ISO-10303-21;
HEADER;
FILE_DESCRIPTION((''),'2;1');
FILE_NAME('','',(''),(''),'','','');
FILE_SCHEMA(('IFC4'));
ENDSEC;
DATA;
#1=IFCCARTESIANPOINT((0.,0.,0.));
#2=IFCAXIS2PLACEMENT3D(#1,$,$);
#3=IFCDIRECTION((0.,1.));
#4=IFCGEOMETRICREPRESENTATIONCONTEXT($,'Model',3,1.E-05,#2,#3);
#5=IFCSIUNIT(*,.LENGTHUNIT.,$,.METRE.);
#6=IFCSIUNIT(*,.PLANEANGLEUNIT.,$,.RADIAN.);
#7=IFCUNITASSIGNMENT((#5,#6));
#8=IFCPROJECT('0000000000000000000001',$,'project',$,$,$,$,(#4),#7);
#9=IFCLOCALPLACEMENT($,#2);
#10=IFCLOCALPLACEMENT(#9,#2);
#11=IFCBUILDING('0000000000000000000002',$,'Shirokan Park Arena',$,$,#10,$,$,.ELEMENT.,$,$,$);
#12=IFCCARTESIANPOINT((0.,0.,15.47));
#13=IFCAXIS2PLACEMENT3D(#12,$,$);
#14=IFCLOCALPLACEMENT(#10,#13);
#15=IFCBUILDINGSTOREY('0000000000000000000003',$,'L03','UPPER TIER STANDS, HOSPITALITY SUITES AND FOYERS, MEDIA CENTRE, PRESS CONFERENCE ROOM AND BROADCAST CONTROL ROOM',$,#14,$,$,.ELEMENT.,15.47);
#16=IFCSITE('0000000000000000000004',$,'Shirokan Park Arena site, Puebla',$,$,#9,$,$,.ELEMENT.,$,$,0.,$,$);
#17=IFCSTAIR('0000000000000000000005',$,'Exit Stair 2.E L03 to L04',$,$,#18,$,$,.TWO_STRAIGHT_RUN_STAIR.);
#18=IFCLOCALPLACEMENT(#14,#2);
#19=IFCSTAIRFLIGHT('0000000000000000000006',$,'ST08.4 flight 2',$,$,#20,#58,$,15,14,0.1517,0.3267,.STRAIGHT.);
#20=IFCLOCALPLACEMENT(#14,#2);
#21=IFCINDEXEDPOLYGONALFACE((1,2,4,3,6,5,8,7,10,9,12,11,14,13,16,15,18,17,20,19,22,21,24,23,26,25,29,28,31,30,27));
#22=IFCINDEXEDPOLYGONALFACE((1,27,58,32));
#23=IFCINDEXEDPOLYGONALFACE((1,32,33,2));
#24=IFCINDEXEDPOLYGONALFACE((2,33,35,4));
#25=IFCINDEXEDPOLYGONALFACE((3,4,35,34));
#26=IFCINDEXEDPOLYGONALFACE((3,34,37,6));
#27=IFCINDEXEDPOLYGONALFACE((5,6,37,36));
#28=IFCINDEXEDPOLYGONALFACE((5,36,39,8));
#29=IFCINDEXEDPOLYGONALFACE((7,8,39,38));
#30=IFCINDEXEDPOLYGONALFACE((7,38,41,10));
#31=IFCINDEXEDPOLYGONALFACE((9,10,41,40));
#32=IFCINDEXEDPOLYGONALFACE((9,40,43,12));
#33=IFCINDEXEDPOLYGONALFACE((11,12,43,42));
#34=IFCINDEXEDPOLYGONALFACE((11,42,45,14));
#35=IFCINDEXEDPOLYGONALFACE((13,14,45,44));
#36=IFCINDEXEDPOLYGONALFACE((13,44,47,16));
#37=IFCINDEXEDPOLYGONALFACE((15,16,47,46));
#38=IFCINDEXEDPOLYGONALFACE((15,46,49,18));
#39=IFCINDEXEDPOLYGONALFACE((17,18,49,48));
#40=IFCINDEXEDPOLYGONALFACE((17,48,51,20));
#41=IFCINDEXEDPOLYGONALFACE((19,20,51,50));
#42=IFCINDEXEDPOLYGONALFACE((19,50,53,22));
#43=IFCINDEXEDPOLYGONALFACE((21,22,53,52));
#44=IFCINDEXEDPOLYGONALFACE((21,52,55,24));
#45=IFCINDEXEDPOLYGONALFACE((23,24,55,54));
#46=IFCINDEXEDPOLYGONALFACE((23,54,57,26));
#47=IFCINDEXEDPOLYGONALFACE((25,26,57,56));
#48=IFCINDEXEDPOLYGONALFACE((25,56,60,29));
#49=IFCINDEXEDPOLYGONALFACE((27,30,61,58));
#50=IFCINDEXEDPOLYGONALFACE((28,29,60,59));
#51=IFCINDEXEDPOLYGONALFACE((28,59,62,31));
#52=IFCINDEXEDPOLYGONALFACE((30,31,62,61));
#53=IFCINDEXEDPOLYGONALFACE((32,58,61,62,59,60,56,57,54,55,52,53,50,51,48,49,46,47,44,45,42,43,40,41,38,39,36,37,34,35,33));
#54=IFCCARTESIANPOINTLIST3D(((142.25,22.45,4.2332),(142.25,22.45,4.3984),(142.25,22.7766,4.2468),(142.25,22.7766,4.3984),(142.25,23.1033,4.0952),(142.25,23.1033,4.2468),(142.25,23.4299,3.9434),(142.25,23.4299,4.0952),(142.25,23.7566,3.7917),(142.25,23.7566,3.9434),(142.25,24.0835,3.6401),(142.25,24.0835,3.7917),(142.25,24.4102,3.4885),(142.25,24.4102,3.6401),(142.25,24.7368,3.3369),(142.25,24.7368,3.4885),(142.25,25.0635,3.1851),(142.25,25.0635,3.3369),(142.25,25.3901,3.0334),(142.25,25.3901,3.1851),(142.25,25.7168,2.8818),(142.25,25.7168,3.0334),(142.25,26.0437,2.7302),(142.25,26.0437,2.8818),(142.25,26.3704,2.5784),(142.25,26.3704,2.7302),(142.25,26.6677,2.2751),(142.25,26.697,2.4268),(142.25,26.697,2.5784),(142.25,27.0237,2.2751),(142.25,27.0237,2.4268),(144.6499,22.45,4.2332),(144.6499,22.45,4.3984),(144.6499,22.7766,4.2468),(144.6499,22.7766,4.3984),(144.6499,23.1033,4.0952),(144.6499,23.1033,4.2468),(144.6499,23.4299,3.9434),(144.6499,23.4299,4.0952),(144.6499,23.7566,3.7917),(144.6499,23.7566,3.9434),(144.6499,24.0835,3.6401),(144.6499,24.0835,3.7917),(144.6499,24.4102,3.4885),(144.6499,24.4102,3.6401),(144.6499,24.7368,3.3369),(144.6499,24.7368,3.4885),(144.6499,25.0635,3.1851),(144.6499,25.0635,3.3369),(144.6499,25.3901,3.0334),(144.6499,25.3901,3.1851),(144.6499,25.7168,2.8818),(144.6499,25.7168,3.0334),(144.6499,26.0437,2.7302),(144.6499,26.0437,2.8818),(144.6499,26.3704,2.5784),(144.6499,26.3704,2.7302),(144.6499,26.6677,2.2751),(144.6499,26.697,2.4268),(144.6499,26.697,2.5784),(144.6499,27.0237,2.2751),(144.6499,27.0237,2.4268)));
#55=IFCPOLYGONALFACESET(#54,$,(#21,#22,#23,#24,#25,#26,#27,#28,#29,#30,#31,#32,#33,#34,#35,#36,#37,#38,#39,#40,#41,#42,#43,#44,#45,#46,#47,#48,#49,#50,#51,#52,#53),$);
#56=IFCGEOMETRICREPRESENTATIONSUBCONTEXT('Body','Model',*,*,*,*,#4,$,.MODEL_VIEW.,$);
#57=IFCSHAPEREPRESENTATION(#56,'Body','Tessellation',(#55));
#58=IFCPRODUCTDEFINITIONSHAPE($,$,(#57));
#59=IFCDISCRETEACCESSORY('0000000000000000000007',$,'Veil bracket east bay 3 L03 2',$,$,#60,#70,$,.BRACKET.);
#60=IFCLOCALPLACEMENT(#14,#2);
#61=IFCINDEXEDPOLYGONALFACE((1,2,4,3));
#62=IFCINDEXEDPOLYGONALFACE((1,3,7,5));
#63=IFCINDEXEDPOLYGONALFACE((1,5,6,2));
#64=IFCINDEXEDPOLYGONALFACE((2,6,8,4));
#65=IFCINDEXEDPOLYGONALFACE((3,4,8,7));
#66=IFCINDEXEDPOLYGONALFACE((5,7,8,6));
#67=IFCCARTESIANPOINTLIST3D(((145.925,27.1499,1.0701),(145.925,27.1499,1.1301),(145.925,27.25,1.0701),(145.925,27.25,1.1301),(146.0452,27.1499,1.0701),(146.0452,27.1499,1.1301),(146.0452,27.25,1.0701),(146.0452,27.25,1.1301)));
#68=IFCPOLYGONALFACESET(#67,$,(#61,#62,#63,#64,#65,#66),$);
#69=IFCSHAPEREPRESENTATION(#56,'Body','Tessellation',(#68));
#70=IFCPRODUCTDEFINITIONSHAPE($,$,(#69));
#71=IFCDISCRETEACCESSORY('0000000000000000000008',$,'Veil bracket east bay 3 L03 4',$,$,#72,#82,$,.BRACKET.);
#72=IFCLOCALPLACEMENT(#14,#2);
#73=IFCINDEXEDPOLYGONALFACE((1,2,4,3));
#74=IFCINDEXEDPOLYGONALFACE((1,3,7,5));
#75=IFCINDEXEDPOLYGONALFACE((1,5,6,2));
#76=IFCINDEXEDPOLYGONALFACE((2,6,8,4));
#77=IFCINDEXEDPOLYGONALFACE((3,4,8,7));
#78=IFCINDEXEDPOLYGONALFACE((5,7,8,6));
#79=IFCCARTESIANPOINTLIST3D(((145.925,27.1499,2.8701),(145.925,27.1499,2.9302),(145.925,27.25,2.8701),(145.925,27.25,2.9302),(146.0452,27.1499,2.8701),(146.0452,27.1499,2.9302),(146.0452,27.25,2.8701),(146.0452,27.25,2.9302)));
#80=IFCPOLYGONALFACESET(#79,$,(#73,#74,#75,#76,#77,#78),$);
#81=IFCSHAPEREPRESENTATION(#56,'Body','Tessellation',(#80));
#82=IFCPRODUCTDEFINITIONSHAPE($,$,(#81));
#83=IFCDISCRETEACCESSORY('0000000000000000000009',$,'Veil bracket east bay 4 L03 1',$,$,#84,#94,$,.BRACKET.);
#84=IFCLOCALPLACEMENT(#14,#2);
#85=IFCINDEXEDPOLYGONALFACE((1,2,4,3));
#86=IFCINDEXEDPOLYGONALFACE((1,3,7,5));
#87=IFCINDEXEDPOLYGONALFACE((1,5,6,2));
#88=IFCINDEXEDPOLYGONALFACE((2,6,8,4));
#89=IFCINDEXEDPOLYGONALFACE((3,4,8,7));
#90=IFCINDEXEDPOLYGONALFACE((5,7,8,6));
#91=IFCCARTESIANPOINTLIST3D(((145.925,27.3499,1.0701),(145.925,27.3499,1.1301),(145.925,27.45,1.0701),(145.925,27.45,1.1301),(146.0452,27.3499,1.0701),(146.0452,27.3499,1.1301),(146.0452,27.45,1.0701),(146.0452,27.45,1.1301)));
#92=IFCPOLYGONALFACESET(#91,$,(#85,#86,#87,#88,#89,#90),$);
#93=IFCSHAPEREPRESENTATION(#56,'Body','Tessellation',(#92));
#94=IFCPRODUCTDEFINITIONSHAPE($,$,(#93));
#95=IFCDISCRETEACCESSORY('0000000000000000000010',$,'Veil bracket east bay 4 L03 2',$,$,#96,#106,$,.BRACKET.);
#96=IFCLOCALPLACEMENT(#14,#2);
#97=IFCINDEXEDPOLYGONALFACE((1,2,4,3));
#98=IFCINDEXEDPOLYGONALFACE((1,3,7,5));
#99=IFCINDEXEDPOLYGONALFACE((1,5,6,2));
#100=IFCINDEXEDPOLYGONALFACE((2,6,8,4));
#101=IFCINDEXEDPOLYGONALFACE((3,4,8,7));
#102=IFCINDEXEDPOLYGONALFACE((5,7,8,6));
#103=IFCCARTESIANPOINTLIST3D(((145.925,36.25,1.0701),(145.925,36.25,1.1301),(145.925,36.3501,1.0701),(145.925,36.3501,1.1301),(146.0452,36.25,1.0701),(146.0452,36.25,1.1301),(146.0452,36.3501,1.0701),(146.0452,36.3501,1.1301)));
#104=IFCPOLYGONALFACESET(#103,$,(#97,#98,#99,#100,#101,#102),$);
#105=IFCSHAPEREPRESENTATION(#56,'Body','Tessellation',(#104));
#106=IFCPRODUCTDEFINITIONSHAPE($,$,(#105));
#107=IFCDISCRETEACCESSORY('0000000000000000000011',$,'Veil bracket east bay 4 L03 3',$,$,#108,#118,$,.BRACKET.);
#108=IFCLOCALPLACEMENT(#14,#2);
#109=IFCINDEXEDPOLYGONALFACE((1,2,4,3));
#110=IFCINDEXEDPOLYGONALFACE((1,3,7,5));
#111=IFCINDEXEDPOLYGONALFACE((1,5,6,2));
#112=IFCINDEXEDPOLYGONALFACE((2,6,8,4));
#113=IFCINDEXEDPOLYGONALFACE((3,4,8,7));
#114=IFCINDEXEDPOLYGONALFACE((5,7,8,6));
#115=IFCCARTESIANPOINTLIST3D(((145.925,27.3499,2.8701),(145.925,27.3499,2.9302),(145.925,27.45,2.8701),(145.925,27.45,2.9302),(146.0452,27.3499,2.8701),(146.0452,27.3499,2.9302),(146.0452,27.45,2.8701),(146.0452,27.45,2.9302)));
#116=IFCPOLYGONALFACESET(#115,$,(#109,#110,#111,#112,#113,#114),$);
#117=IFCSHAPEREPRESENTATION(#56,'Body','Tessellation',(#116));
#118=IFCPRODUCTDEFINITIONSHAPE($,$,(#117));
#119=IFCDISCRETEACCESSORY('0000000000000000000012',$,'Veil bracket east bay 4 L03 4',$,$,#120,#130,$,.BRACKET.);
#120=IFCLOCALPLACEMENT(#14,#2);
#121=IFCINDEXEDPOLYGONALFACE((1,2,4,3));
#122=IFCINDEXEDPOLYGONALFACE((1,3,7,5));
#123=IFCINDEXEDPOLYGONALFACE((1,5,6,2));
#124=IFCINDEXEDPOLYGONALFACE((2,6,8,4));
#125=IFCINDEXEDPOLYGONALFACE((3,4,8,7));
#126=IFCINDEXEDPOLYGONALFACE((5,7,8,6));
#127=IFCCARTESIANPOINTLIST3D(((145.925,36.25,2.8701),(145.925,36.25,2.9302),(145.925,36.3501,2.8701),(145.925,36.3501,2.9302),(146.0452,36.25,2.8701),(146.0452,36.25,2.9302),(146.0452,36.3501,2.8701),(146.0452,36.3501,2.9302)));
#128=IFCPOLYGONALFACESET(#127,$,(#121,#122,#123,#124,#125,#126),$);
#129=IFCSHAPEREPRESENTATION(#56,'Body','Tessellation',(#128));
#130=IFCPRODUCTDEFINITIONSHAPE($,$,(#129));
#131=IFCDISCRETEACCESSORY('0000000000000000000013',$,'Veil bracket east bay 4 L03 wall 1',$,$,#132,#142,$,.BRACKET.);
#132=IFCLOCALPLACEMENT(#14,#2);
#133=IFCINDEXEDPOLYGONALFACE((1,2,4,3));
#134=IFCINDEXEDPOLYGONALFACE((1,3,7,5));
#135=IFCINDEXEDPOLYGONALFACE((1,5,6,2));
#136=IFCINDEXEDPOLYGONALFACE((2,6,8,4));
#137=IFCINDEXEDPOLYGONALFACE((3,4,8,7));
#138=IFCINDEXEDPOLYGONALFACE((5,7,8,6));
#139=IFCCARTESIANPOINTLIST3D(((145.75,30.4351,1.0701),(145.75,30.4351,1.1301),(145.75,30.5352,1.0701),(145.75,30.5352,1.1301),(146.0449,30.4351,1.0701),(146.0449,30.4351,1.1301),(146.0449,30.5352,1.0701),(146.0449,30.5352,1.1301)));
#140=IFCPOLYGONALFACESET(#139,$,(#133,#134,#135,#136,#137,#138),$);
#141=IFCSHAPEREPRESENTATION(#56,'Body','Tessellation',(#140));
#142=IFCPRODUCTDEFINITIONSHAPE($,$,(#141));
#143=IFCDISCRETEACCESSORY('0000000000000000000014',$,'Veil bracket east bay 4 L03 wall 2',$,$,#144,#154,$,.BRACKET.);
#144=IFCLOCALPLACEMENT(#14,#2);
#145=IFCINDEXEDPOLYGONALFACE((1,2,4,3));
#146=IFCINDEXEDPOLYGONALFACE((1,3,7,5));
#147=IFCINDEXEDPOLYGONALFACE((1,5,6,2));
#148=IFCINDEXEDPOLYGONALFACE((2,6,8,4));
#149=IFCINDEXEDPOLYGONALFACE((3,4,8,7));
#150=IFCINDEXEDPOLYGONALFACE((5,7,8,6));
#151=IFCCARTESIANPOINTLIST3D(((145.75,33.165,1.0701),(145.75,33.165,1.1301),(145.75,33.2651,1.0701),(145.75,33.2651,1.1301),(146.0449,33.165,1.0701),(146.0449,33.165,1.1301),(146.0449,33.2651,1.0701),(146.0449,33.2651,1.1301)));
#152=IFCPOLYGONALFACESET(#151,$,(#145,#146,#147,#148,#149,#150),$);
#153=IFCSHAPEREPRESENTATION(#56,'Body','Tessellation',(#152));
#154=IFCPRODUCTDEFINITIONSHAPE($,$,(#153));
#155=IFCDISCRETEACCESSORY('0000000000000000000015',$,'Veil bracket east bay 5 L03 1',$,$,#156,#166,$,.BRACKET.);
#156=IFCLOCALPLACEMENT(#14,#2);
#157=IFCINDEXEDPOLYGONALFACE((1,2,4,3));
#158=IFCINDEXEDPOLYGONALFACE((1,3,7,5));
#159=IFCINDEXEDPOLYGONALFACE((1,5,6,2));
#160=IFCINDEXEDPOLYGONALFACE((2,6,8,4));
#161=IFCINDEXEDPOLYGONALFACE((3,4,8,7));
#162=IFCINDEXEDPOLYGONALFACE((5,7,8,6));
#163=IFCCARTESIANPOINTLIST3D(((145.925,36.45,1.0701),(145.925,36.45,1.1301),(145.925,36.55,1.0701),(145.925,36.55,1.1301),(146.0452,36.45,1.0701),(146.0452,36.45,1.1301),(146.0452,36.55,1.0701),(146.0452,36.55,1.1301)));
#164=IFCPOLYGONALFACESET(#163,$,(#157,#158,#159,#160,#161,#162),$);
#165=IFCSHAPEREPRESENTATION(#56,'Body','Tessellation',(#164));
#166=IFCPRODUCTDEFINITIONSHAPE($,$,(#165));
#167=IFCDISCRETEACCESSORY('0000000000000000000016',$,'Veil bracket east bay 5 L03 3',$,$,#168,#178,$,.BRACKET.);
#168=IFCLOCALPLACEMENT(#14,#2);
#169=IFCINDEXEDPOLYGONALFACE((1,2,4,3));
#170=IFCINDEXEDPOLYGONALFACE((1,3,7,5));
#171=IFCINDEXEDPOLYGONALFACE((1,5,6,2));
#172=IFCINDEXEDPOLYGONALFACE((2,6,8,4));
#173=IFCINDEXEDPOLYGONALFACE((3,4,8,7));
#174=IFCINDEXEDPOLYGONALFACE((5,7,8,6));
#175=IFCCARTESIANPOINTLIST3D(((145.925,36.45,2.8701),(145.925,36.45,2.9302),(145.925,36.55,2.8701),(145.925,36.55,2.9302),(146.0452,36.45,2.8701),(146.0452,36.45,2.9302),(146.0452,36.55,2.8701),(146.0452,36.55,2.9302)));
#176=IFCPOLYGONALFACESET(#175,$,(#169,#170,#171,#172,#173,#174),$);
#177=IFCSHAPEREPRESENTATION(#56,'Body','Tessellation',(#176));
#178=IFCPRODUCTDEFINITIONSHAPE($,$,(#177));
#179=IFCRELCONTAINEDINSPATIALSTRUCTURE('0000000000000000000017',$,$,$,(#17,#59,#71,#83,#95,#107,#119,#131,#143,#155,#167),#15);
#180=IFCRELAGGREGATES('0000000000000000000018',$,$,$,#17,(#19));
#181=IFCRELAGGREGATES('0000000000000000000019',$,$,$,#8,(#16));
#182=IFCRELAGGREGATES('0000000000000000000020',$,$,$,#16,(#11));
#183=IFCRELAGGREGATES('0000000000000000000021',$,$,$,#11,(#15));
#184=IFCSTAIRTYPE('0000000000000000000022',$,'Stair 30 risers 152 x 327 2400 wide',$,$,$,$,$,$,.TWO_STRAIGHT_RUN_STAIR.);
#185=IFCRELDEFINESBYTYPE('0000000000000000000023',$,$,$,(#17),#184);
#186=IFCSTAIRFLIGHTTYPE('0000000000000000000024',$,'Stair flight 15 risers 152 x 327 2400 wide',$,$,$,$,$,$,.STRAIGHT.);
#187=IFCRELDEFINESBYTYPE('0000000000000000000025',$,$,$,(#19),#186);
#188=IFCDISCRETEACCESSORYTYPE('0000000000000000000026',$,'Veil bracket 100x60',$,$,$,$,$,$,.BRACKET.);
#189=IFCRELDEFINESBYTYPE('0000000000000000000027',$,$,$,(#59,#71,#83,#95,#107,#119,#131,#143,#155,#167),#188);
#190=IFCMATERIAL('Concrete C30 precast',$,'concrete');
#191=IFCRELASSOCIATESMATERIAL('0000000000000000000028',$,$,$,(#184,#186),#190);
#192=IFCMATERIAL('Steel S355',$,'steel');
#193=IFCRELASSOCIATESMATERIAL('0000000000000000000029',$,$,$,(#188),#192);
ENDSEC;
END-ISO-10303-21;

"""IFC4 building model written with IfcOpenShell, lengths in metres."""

from ifc_helpers import new_model, si_unit, direction, frame, origin, origin_2d, place, context, subcontext, project, spatial, polyline, rectangle, outline, extrude, material, type_object, element, aggregate, save


model = new_model("IFC4")

# Units and contexts
model_context = context("Model", 3, precision=1e-05, world=origin(), true_north=direction((0.0, 1.0)))
body_context = subcontext(model_context, "Body", "Model", "MODEL_VIEW")
ifc_project = project(units=[si_unit("LENGTHUNIT", "METRE"), si_unit("PLANEANGLEUNIT", "RADIAN")], contexts=[model_context])

# Site, building, storey
site_placement = place(None, origin())
site = spatial("IfcSite", under=ifc_project, at=site_placement, Name="Shirokan Park Arena site, Puebla", CompositionType="ELEMENT", RefElevation=0.0)
building_placement = place(site_placement, origin())
building = spatial("IfcBuilding", under=site, at=building_placement, Name="Shirokan Park Arena", CompositionType="ELEMENT")
storey_placement = place(building_placement, frame((0.0, 0.0, 15.47)))
storey = spatial("IfcBuildingStorey", under=building, at=storey_placement, Name="L03", Description="UPPER TIER STANDS, HOSPITALITY SUITES AND FOYERS, MEDIA CENTRE, PRESS CONFERENCE ROOM AND BROADCAST CONTROL ROOM", CompositionType="ELEMENT", Elevation=15.47)

# Shared definitions
ifc_material_1 = material(Name="Steel S355", Category="steel")

# Stair, stair flight
ifc_material_2 = material(Name="Concrete C30 precast", Category="concrete")
stair_type = type_object("IfcStairType", Name="Stair 30 risers 152 x 327 2400 wide", PredefinedType="TWO_STRAIGHT_RUN_STAIR", material=ifc_material_2)
stair_placement = place(storey_placement, origin())
stair = element("IfcStair", 1, at=stair_placement, inside=storey, type_object=stair_type, Name="Exit Stair 2.E L03 to L04", PredefinedType="TWO_STRAIGHT_RUN_STAIR")
stair_flight_type = type_object("IfcStairFlightType", Name="Stair flight 15 risers 152 x 327 2400 wide", PredefinedType="STRAIGHT", material=ifc_material_2)
stair_flight_placement = place(storey_placement, frame((143.45, 27.0237, 2.2751), z_axis=(0.0, 0.0, 1.0), x_axis=(0.0, -1.0, 0.0)))
stair_flight = element("IfcStairFlight", 2, at=stair_flight_placement, type_object=stair_flight_type, Name="ST08.4 flight 2", NumberOfRisers=15, NumberOfTreads=14, PredefinedType="STRAIGHT", RiserHeight=0.1517, TreadLength=0.3267, context=body_context, shape_type="SweptSolid", body=[
    extrude(outline(polyline([(0.0, 0.0), (0.0, 0.1516), (0.3267, 0.1516), (0.3267, 0.3032), (0.6533, 0.3032), (0.6533, 0.4551), (0.98, 0.4551), (0.98, 0.6067), (1.3069, 0.6067), (1.3069, 0.7583), (1.6335, 0.7583), (1.6335, 0.9099), (1.9602, 0.9099), (1.9602, 1.0618), (2.2869, 1.0618), (2.2869, 1.2134), (2.6135, 1.2134), (2.6135, 1.365), (2.9402, 1.365), (2.9402, 1.5166), (3.2671, 1.5166), (3.2671, 1.6682), (3.5938, 1.6682), (3.5938, 1.8201), (3.9204, 1.8201), (3.9204, 1.9717), (4.2471, 1.9717), (4.2471, 2.1233), (4.5737, 2.1233), (4.5737, 2.2749), (4.5737, 1.958), (0.356, 0.0), (0.0, 0.0)])), frame((0.0, 1.2, 0.0), z_axis=(0.0, -1.0, 0.0), x_axis=(1.0, 0.0, 0.0)), (0.0, 0.0, 1.0), 2.3999),
])
aggregate(stair, [stair_flight])

# Discrete accessories
discrete_accessory_type = type_object("IfcDiscreteAccessoryType", Name="Veil bracket 100x60", PredefinedType="BRACKET", material=ifc_material_1)
for number, where, z_axis, x_axis, name in (
    (3, (145.9851, 27.2, 1.0701), (0.0, 0.0, 1.0), (0.0, 1.0, 0.0), "Veil bracket east bay 3 L03 2"),
    (4, (145.9851, 27.2, 2.8701), (0.0, 0.0, 1.0), (0.0, 1.0, 0.0), "Veil bracket east bay 3 L03 4"),
    (5, (145.9851, 27.3999, 1.0701), (0.0, 0.0, 1.0), (0.0, 1.0, 0.0), "Veil bracket east bay 4 L03 1"),
    (6, (145.9851, 36.3, 1.0701), (0.0, 0.0, 1.0), (0.0, 1.0, 0.0), "Veil bracket east bay 4 L03 2"),
    (7, (145.9851, 27.3999, 2.8701), (0.0, 0.0, 1.0), (0.0, 1.0, 0.0), "Veil bracket east bay 4 L03 3"),
    (8, (145.9851, 36.3, 2.8701), (0.0, 0.0, 1.0), (0.0, 1.0, 0.0), "Veil bracket east bay 4 L03 4"),
):
    element("IfcDiscreteAccessory", number, at=place(storey_placement, frame(where, z_axis=z_axis, x_axis=x_axis)), inside=storey, type_object=discrete_accessory_type, Name=name, PredefinedType="BRACKET", context=body_context, shape_type="SweptSolid", body=[
        extrude(rectangle(XDim=0.1001, YDim=0.1201, at=origin_2d()), origin(), (0.0, 0.0, 1.0), 0.0601),
    ])
for number, where, z_axis, x_axis, name in (
    (9, (145.8975, 30.4851, 1.0701), (0.0, 0.0, 1.0), (0.0, 1.0, 0.0), "Veil bracket east bay 4 L03 wall 1"),
    (10, (145.8975, 33.2151, 1.0701), (0.0, 0.0, 1.0), (0.0, 1.0, 0.0), "Veil bracket east bay 4 L03 wall 2"),
):
    element("IfcDiscreteAccessory", number, at=place(storey_placement, frame(where, z_axis=z_axis, x_axis=x_axis)), inside=storey, type_object=discrete_accessory_type, Name=name, PredefinedType="BRACKET", context=body_context, shape_type="SweptSolid", body=[
        extrude(rectangle(XDim=0.1001, YDim=0.2949, at=origin_2d()), origin(), (0.0, 0.0, 1.0), 0.0601),
    ])
for number, where, z_axis, x_axis, name in (
    (11, (145.9851, 36.5, 1.0701), (0.0, 0.0, 1.0), (0.0, 1.0, 0.0), "Veil bracket east bay 5 L03 1"),
    (12, (145.9851, 36.5, 2.8701), (0.0, 0.0, 1.0), (0.0, 1.0, 0.0), "Veil bracket east bay 5 L03 3"),
):
    element("IfcDiscreteAccessory", number, at=place(storey_placement, frame(where, z_axis=z_axis, x_axis=x_axis)), inside=storey, type_object=discrete_accessory_type, Name=name, PredefinedType="BRACKET", context=body_context, shape_type="SweptSolid", body=[
        extrude(rectangle(XDim=0.1001, YDim=0.1201, at=origin_2d()), origin(), (0.0, 0.0, 1.0), 0.0601),
    ])

save(model, "model.ifc")
